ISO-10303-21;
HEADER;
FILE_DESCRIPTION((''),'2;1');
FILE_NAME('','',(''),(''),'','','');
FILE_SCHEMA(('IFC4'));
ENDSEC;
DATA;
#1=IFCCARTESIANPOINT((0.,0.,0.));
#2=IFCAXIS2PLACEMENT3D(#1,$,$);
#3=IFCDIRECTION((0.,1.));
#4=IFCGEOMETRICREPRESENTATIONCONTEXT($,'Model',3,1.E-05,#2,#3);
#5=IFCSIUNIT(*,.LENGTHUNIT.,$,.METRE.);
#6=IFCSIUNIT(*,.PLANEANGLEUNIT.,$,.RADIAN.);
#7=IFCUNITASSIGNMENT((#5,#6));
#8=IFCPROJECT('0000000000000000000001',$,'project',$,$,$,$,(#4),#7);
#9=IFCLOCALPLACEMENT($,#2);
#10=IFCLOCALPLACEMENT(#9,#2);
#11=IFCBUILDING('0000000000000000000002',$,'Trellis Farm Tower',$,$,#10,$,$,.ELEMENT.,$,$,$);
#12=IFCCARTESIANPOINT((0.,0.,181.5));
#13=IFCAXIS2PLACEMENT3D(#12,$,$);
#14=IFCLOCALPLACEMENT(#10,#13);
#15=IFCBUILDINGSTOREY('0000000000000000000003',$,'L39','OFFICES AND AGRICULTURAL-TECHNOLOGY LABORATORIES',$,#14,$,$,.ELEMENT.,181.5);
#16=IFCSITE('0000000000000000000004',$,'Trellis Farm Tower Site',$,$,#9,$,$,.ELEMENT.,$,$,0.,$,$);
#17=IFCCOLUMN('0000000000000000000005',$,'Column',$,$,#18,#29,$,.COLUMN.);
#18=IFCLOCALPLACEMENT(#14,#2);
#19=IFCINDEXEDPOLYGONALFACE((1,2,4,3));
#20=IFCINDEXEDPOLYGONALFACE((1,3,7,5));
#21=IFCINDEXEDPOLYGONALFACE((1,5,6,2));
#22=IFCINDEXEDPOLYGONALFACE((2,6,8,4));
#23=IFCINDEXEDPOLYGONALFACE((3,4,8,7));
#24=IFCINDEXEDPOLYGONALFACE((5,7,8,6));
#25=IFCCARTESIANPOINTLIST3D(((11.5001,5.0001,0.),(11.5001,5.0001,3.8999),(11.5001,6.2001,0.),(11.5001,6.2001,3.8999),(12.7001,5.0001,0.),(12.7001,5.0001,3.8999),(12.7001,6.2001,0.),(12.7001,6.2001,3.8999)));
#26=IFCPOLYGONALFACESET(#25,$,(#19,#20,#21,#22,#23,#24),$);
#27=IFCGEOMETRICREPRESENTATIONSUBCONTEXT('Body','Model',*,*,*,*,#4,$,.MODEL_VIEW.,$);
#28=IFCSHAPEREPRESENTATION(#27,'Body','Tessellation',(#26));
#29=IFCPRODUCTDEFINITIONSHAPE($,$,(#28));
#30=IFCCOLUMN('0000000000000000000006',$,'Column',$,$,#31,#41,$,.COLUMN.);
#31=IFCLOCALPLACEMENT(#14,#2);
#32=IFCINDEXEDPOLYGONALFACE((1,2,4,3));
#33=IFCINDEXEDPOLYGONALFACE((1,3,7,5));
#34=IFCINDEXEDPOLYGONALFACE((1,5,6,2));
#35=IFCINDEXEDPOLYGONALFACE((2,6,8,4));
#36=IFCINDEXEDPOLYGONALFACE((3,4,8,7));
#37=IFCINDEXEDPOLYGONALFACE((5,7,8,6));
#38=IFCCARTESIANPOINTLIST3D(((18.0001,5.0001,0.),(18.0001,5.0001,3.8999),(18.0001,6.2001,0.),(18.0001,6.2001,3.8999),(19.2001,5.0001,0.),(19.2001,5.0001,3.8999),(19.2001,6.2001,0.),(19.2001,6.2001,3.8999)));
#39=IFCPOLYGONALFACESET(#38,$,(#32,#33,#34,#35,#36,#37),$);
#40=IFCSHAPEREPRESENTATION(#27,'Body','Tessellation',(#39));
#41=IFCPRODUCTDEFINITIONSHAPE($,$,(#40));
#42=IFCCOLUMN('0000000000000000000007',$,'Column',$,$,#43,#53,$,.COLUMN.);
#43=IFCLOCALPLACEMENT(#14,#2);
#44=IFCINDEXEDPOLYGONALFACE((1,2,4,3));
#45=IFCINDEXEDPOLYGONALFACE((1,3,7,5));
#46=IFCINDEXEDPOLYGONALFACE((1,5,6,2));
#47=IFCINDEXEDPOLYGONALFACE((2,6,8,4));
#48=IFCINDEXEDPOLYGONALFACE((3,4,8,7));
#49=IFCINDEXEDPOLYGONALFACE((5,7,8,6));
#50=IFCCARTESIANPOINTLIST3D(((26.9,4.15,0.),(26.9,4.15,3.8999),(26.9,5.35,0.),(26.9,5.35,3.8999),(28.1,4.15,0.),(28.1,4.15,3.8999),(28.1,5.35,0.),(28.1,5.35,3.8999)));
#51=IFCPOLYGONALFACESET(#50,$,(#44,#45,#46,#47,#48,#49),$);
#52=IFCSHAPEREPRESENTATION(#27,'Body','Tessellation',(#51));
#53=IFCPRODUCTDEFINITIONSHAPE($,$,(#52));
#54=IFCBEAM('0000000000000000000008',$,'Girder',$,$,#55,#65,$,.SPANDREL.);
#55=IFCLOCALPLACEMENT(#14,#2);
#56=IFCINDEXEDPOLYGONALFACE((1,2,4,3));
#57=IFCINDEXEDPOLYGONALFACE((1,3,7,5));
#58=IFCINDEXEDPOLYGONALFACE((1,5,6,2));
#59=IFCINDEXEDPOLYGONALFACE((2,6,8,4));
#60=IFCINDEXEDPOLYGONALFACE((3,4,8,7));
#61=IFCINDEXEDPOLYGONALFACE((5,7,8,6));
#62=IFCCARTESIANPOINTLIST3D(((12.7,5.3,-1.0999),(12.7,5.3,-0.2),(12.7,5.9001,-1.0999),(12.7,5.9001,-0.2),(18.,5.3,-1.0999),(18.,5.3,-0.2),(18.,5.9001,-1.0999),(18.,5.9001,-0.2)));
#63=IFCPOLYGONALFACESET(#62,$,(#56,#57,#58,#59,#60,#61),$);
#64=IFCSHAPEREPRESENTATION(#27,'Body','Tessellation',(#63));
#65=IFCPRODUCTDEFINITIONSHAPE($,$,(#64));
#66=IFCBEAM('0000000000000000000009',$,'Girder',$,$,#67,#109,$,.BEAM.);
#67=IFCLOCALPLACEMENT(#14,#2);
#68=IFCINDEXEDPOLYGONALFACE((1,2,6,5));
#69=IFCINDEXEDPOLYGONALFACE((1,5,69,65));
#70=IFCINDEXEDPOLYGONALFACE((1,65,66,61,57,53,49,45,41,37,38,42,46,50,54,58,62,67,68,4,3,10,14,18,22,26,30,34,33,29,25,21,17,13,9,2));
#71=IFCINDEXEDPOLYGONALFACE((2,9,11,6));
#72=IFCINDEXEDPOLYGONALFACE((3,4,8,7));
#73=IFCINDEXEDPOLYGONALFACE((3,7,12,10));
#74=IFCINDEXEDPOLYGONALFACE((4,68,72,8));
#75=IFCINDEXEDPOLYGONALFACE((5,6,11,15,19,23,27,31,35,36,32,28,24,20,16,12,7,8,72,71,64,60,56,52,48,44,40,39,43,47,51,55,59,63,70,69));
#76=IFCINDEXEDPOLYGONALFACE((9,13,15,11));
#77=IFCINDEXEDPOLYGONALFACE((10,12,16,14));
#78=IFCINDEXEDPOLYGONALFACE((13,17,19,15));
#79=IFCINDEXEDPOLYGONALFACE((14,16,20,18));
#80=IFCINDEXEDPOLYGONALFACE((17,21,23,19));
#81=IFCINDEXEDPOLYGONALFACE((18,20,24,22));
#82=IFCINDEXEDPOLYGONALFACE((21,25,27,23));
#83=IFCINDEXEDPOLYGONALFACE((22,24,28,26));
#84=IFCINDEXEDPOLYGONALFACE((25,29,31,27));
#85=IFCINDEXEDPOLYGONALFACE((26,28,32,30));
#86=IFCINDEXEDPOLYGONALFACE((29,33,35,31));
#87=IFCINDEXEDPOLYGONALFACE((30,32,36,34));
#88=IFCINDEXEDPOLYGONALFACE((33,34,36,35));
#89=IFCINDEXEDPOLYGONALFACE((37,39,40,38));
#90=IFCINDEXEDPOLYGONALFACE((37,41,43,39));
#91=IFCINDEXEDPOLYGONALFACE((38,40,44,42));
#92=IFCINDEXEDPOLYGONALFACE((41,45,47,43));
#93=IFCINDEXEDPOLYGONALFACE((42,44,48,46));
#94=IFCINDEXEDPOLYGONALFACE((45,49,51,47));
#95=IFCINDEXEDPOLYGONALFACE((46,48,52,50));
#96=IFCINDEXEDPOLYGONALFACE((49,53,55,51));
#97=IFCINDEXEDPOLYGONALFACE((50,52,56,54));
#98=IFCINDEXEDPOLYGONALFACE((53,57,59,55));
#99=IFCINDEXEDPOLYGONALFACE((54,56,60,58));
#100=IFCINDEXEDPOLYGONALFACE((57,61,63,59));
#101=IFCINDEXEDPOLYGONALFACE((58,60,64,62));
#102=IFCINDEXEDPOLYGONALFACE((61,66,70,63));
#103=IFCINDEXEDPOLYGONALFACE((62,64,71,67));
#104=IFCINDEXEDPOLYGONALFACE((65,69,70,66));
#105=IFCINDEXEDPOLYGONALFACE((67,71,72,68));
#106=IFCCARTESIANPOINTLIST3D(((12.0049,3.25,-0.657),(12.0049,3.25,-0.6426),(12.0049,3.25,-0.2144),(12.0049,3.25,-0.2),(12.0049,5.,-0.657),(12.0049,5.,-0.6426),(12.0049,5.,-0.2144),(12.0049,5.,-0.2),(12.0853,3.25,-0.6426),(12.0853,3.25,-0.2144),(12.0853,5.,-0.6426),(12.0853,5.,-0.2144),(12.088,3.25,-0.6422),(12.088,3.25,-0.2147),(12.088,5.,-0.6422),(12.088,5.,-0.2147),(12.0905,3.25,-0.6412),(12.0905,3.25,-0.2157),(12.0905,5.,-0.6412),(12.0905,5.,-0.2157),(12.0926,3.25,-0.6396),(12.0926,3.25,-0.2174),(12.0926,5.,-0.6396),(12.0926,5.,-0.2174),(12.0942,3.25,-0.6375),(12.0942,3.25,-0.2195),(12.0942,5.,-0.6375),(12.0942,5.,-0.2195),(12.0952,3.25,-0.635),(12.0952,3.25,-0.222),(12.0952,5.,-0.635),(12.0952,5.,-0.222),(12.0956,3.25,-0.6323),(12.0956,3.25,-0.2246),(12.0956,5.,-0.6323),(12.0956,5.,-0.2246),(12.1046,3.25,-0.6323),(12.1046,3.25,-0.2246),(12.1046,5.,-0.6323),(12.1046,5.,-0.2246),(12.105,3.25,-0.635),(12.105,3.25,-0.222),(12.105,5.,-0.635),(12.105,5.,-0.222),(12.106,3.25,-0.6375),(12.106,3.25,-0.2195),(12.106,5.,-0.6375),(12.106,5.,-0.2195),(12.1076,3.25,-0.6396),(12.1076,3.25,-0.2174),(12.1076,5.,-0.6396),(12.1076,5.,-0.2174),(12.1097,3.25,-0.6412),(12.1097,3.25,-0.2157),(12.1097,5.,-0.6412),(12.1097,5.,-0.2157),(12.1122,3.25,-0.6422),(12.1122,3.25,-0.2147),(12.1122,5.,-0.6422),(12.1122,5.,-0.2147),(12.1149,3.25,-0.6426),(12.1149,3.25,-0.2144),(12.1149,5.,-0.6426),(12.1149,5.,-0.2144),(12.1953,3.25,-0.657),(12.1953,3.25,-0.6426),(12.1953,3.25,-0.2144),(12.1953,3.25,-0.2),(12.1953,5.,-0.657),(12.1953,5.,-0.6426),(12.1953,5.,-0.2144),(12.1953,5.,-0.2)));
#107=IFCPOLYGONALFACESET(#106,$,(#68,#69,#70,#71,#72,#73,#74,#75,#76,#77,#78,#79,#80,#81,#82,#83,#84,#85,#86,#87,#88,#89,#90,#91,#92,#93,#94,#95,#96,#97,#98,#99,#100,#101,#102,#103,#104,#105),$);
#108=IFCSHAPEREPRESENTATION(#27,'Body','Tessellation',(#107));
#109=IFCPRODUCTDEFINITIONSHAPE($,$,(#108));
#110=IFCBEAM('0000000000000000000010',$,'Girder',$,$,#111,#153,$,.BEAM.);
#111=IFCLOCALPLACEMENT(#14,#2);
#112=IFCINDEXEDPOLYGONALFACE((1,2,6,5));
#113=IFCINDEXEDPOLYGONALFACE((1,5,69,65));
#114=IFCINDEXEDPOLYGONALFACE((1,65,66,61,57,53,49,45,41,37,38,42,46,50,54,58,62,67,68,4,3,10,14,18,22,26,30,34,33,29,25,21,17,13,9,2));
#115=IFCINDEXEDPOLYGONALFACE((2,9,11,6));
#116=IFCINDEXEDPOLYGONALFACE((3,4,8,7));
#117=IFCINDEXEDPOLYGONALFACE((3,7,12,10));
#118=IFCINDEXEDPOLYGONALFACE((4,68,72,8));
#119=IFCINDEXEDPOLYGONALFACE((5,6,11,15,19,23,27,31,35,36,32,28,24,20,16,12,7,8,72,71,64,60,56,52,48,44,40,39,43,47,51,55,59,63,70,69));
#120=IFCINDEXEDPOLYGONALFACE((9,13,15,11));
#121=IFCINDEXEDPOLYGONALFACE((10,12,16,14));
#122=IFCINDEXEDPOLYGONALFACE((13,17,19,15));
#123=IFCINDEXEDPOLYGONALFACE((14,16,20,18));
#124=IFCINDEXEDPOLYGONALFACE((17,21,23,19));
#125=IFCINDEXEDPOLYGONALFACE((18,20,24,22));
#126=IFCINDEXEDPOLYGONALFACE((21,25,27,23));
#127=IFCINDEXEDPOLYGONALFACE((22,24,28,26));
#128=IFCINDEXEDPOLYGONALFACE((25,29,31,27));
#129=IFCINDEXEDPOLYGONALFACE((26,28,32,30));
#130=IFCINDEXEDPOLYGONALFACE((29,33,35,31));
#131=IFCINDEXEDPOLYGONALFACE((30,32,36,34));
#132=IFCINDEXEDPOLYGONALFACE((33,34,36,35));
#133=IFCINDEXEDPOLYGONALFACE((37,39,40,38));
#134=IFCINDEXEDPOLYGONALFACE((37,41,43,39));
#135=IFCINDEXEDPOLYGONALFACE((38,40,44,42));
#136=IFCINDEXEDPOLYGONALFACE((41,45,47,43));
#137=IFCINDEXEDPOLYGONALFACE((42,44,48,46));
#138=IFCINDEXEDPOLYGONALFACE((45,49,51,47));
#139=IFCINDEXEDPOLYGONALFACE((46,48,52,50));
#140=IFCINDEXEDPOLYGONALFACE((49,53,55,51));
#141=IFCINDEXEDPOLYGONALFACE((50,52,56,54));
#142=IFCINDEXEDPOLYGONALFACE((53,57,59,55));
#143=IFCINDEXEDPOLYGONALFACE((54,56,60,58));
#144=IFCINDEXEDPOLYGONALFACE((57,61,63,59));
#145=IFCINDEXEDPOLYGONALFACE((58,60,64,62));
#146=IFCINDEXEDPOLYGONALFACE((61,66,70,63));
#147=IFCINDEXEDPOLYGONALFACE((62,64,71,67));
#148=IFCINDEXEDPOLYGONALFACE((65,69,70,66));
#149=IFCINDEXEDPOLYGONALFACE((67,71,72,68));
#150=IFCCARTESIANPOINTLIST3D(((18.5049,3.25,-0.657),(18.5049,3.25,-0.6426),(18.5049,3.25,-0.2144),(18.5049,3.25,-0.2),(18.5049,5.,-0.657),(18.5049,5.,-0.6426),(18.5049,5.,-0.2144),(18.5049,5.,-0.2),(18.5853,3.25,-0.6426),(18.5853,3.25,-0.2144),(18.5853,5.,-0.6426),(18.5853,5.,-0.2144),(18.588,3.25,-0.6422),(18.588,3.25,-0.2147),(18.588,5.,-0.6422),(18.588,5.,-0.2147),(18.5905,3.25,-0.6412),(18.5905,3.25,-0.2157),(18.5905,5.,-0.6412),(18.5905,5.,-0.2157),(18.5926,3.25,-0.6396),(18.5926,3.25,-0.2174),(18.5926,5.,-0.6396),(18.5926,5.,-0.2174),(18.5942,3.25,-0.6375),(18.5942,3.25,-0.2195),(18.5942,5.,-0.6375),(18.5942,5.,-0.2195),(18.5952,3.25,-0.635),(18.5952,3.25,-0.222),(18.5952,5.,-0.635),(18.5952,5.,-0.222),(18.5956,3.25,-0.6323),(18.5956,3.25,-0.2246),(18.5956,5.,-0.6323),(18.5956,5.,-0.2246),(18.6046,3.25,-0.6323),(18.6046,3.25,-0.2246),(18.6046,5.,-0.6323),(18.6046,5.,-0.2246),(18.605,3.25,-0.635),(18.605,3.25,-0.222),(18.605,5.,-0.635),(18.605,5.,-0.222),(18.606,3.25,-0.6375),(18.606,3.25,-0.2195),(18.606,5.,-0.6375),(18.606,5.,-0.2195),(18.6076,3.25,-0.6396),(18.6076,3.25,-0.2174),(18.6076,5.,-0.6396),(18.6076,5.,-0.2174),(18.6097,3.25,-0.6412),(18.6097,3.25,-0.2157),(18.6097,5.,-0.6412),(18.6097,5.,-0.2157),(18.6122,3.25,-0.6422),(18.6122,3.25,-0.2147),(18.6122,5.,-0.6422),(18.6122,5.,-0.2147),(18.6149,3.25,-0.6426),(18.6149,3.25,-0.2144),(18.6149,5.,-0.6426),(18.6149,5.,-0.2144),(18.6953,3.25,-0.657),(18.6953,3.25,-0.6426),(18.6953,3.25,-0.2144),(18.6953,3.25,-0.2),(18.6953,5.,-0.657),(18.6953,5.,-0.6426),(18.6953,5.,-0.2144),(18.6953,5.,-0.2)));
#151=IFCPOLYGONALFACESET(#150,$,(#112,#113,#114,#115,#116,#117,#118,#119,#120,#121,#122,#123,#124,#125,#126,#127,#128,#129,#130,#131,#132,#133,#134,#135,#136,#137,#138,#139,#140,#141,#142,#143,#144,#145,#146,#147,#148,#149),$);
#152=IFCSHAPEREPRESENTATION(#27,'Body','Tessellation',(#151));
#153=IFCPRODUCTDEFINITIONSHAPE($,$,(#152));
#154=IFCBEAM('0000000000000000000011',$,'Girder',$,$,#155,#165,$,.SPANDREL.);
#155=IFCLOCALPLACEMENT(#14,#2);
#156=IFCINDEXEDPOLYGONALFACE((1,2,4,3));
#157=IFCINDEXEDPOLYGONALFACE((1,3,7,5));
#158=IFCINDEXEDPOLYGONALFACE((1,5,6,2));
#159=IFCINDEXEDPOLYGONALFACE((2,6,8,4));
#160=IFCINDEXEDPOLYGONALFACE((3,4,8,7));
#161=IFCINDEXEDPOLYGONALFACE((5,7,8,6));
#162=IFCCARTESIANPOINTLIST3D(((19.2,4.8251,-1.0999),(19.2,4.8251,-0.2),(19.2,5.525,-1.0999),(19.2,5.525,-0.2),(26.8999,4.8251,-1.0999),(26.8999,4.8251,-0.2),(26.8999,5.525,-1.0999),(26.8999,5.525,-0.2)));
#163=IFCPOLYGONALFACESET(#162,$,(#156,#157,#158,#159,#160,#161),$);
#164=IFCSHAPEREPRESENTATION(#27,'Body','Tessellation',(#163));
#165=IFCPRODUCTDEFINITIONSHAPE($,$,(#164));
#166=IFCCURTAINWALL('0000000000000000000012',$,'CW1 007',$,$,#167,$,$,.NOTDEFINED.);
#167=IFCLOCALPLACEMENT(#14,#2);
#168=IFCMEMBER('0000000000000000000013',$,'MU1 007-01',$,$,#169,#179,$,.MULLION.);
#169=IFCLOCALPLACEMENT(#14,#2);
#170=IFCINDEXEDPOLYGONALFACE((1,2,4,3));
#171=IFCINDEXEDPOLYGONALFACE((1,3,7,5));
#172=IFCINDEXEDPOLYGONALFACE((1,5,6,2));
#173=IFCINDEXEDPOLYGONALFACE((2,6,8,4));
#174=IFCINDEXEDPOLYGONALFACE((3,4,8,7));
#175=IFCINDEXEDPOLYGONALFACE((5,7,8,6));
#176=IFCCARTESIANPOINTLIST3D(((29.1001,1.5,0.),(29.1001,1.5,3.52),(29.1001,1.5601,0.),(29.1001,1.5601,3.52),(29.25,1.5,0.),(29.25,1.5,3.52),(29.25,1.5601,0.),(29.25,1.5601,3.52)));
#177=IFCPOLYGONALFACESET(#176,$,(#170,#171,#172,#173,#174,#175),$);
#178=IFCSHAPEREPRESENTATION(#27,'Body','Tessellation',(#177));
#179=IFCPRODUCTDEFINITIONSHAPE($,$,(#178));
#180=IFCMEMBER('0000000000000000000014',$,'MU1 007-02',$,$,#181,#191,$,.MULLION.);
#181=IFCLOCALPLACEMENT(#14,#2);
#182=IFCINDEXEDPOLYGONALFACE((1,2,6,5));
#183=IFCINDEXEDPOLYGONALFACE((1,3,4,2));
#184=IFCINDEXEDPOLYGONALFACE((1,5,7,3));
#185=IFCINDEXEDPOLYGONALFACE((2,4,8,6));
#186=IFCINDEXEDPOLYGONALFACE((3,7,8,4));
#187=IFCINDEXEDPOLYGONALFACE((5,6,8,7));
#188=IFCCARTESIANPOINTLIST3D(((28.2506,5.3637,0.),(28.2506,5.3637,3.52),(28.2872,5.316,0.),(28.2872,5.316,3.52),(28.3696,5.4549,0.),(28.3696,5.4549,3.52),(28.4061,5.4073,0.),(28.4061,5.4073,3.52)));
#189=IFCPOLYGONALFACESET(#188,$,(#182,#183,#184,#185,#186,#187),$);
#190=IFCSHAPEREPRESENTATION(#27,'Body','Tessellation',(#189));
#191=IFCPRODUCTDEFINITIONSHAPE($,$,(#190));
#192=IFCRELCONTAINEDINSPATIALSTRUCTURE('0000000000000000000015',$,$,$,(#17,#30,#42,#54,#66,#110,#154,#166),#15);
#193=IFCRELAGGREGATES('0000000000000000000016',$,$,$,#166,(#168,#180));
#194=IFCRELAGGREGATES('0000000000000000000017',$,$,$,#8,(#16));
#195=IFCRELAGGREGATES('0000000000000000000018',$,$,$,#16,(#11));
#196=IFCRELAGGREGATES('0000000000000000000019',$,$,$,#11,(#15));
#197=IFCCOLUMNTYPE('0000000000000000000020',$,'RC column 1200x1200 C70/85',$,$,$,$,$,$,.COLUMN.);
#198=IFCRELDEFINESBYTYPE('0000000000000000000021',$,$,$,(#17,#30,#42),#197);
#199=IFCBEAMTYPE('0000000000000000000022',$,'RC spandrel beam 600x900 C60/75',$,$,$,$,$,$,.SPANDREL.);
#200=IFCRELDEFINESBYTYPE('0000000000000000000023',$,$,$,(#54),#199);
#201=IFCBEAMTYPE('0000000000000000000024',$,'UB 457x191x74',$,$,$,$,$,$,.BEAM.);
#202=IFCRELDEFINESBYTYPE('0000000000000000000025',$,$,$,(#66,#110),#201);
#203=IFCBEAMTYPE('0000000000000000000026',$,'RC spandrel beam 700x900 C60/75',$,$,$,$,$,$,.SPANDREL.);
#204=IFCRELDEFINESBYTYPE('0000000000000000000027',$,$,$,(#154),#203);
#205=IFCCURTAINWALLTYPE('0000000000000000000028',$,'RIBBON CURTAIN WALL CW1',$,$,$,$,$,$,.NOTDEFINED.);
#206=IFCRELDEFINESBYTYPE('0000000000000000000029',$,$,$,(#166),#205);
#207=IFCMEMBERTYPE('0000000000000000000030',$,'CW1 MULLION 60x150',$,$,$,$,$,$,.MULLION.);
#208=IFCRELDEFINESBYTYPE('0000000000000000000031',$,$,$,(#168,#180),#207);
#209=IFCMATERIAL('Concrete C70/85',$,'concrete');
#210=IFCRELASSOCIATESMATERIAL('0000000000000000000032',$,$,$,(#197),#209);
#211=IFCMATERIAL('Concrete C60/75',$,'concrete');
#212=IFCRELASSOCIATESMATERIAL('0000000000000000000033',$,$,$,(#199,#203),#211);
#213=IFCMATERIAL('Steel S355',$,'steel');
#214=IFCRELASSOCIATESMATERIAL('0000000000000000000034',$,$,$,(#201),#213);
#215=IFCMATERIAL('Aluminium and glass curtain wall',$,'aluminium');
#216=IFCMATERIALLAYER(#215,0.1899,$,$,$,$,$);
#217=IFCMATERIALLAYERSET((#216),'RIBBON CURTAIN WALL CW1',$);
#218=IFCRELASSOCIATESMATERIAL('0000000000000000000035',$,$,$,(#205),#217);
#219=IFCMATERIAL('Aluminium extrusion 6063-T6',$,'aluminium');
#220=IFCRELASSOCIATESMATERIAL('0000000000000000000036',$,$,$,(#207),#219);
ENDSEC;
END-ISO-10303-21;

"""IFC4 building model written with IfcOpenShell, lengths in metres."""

from ifc_helpers import new_model, si_unit, direction, frame, origin, origin_2d, place, context, subcontext, project, spatial, rectangle, i_section, extrude, source, transform, mapped, material, layer, layer_set, material_profile, profile_set, type_object, element, aggregate, save


model = new_model("IFC4")

# Units and contexts
model_context = context("Model", 3, precision=1e-05, world=origin(), true_north=direction((0.0, 1.0)))
body_context = subcontext(model_context, "Body", "Model", "MODEL_VIEW")
ifc_project = project(units=[si_unit("LENGTHUNIT", "METRE"), si_unit("PLANEANGLEUNIT", "RADIAN")], contexts=[model_context])

# Site, building, storey
site_placement = place(None, origin())
site = spatial("IfcSite", under=ifc_project, at=site_placement, Name="Trellis Farm Tower Site", CompositionType="ELEMENT", RefElevation=0.0)
building_placement = place(site_placement, origin())
building = spatial("IfcBuilding", under=site, at=building_placement, Name="Trellis Farm Tower", CompositionType="ELEMENT")
storey_placement = place(building_placement, frame((0.0, 0.0, 181.5)))
storey = spatial("IfcBuildingStorey", under=building, at=storey_placement, Name="L39", Description="OFFICES AND AGRICULTURAL-TECHNOLOGY LABORATORIES", CompositionType="ELEMENT", Elevation=181.5)

# Columns
ifc_material_1 = material(Name="Concrete C70/85", Category="concrete")
ifc_material_profile_1 = material_profile(ifc_material_1, rectangle(XDim=1.2, YDim=1.2, at=origin_2d()), Name="RC column 1200x1200 C70/85")
ifc_profile_set_1 = profile_set([ifc_material_profile_1], Name="Concrete C70/85")
column_type = type_object("IfcColumnType", Name="RC column 1200x1200 C70/85", PredefinedType="COLUMN", material=ifc_profile_set_1)
shared_shape_1 = source(origin(), body_context, "Body", "SweptSolid", [
    extrude(rectangle(XDim=1.2, YDim=1.2, at=origin_2d()), origin(), (0.0, 0.0, 1.0), 3.8999),
])
for number, where, z_axis, x_axis, name in (
    (1, (12.1001, 5.6001, 0.0), (0.0, 0.0, 1.0), (1.0, 0.0, 0.0), "Column"),
    (2, (18.6001, 5.6001, 0.0), (0.0, 0.0, 1.0), (1.0, 0.0, 0.0), "Column"),
    (3, (27.5, 4.75, 0.0), (0.0, 0.0, 1.0), (1.0, 0.0, 0.0), "Column"),
):
    element("IfcColumn", number, at=place(storey_placement, frame(where, z_axis=z_axis, x_axis=x_axis)), inside=storey, type_object=column_type, Name=name, PredefinedType="COLUMN", context=body_context, shape_type="MappedRepresentation", body=[
        mapped(shared_shape_1, transform((0.0, 0.0, 0.0))),
    ])

# Beams
ifc_material_2 = material(Name="Concrete C60/75", Category="concrete")
ifc_material_profile_2 = material_profile(ifc_material_2, rectangle(XDim=0.6001, YDim=0.8999, at=origin_2d()), Name="RC spandrel beam 600x900 C60/75")
ifc_profile_set_2 = profile_set([ifc_material_profile_2], Name="Concrete C60/75")
beam_type_1 = type_object("IfcBeamType", Name="RC spandrel beam 600x900 C60/75", PredefinedType="SPANDREL", material=ifc_profile_set_2)
shared_shape_2 = source(origin(), body_context, "Body", "SweptSolid", [
    extrude(rectangle(XDim=0.6001, YDim=0.8999, at=origin_2d()), origin(), (0.0, 0.0, 1.0), 5.3),
])
beam_1_placement = place(storey_placement, frame((12.7, 5.6001, -0.6499), z_axis=(1.0, 0.0, 0.0), x_axis=(0.0, 1.0, 0.0)))
element("IfcBeam", 4, at=beam_1_placement, inside=storey, type_object=beam_type_1, Name="Girder", PredefinedType="SPANDREL", context=body_context, shape_type="MappedRepresentation", body=[
    mapped(shared_shape_2, transform((0.0, 0.0, 0.0))),
])
ifc_material_3 = material(Name="Steel S355", Category="steel")
ifc_material_profile_3 = material_profile(ifc_material_3, i_section(OverallWidth=0.1904, OverallDepth=0.457, WebThickness=0.009, FlangeThickness=0.0144, FilletRadius=0.0103, at=origin_2d()), Name="UB 457x191x74")
ifc_profile_set_3 = profile_set([ifc_material_profile_3], Name="Steel S355")
beam_type_2 = type_object("IfcBeamType", Name="UB 457x191x74", PredefinedType="BEAM", material=ifc_profile_set_3)
shared_shape_3 = source(origin(), body_context, "Body", "SweptSolid", [
    extrude(i_section(OverallWidth=0.1904, OverallDepth=0.457, WebThickness=0.009, FlangeThickness=0.0144, FilletRadius=0.0103, at=origin_2d()), origin(), (0.0, 0.0, 1.0), 1.75),
])
for number, where, z_axis, x_axis, name in (
    (5, (12.1001, 3.25, -0.4285), (0.0, 1.0, 0.0), (-1.0, 0.0, 0.0), "Girder"),
    (6, (18.6001, 3.25, -0.4285), (0.0, 1.0, 0.0), (-1.0, 0.0, 0.0), "Girder"),
):
    element("IfcBeam", number, at=place(storey_placement, frame(where, z_axis=z_axis, x_axis=x_axis)), inside=storey, type_object=beam_type_2, Name=name, PredefinedType="BEAM", context=body_context, shape_type="MappedRepresentation", body=[
        mapped(shared_shape_3, transform((0.0, 0.0, 0.0))),
    ])
ifc_material_profile_4 = material_profile(ifc_material_2, rectangle(XDim=0.7, YDim=0.8999, at=origin_2d()), Name="RC spandrel beam 700x900 C60/75")
ifc_profile_set_4 = profile_set([ifc_material_profile_4], Name="Concrete C60/75")
beam_type_3 = type_object("IfcBeamType", Name="RC spandrel beam 700x900 C60/75", PredefinedType="SPANDREL", material=ifc_profile_set_4)
shared_shape_4 = source(origin(), body_context, "Body", "SweptSolid", [
    extrude(rectangle(XDim=0.7, YDim=0.8999, at=origin_2d()), origin(), (0.0, 0.0, 1.0), 7.7),
])
beam_2_placement = place(storey_placement, frame((19.2, 5.175, -0.6499), z_axis=(1.0, 0.0, 0.0), x_axis=(0.0, 1.0, 0.0)))
element("IfcBeam", 7, at=beam_2_placement, inside=storey, type_object=beam_type_3, Name="Girder", PredefinedType="SPANDREL", context=body_context, shape_type="MappedRepresentation", body=[
    mapped(shared_shape_4, transform((0.0, 0.0, 0.0))),
])

# Curtain wall, members
ifc_material_4 = material(Name="Aluminium and glass curtain wall", Category="aluminium")
ifc_layer_1 = layer(ifc_material_4, 0.1899)
ifc_layer_set_1 = layer_set([ifc_layer_1], Name="RIBBON CURTAIN WALL CW1")
curtain_wall_type = type_object("IfcCurtainWallType", Name="RIBBON CURTAIN WALL CW1", PredefinedType="NOTDEFINED", material=ifc_layer_set_1)
placement = place(storey_placement, origin())
curtain_wall_1 = element("IfcCurtainWall", 8, at=placement, inside=storey, type_object=curtain_wall_type, Name="CW1 007", PredefinedType="NOTDEFINED")
ifc_material_5 = material(Name="Aluminium extrusion 6063-T6", Category="aluminium")
ifc_material_profile_5 = material_profile(ifc_material_5, rectangle(XDim=0.0601, YDim=0.1499, at=origin_2d()), Name="MULLION 60x150")
ifc_profile_set_5 = profile_set([ifc_material_profile_5], Name="Aluminium extrusion 6063-T6")
member_type = type_object("IfcMemberType", Name="CW1 MULLION 60x150", PredefinedType="MULLION", material=ifc_profile_set_5)
shared_shape_5 = source(origin(), body_context, "Body", "SweptSolid", [
    extrude(rectangle(XDim=0.0601, YDim=0.1499, at=origin_2d()), origin(), (0.0, 0.0, 1.0), 3.52),
])
member_1_placement = place(storey_placement, frame((29.175, 1.53, 0.0), z_axis=(0.0, 0.0, 1.0), x_axis=(0.0, 1.0, 0.0)))
member_1 = element("IfcMember", 9, at=member_1_placement, type_object=member_type, Name="MU1 007-01", PredefinedType="MULLION", context=body_context, shape_type="MappedRepresentation", body=[
    mapped(shared_shape_5, transform((0.0, 0.0, 0.0))),
])
member_2_placement = place(storey_placement, frame((28.3284, 5.3855, 0.0), z_axis=(0.0, 0.0, 1.0), x_axis=(-0.608761, 0.793353, 0.0)))
member_2 = element("IfcMember", 10, at=member_2_placement, type_object=member_type, Name="MU1 007-02", PredefinedType="MULLION", context=body_context, shape_type="MappedRepresentation", body=[
    mapped(shared_shape_5, transform((0.0, 0.0, 0.0))),
])
aggregate(curtain_wall_1, [member_1, member_2])

save(model, "model.ifc")
